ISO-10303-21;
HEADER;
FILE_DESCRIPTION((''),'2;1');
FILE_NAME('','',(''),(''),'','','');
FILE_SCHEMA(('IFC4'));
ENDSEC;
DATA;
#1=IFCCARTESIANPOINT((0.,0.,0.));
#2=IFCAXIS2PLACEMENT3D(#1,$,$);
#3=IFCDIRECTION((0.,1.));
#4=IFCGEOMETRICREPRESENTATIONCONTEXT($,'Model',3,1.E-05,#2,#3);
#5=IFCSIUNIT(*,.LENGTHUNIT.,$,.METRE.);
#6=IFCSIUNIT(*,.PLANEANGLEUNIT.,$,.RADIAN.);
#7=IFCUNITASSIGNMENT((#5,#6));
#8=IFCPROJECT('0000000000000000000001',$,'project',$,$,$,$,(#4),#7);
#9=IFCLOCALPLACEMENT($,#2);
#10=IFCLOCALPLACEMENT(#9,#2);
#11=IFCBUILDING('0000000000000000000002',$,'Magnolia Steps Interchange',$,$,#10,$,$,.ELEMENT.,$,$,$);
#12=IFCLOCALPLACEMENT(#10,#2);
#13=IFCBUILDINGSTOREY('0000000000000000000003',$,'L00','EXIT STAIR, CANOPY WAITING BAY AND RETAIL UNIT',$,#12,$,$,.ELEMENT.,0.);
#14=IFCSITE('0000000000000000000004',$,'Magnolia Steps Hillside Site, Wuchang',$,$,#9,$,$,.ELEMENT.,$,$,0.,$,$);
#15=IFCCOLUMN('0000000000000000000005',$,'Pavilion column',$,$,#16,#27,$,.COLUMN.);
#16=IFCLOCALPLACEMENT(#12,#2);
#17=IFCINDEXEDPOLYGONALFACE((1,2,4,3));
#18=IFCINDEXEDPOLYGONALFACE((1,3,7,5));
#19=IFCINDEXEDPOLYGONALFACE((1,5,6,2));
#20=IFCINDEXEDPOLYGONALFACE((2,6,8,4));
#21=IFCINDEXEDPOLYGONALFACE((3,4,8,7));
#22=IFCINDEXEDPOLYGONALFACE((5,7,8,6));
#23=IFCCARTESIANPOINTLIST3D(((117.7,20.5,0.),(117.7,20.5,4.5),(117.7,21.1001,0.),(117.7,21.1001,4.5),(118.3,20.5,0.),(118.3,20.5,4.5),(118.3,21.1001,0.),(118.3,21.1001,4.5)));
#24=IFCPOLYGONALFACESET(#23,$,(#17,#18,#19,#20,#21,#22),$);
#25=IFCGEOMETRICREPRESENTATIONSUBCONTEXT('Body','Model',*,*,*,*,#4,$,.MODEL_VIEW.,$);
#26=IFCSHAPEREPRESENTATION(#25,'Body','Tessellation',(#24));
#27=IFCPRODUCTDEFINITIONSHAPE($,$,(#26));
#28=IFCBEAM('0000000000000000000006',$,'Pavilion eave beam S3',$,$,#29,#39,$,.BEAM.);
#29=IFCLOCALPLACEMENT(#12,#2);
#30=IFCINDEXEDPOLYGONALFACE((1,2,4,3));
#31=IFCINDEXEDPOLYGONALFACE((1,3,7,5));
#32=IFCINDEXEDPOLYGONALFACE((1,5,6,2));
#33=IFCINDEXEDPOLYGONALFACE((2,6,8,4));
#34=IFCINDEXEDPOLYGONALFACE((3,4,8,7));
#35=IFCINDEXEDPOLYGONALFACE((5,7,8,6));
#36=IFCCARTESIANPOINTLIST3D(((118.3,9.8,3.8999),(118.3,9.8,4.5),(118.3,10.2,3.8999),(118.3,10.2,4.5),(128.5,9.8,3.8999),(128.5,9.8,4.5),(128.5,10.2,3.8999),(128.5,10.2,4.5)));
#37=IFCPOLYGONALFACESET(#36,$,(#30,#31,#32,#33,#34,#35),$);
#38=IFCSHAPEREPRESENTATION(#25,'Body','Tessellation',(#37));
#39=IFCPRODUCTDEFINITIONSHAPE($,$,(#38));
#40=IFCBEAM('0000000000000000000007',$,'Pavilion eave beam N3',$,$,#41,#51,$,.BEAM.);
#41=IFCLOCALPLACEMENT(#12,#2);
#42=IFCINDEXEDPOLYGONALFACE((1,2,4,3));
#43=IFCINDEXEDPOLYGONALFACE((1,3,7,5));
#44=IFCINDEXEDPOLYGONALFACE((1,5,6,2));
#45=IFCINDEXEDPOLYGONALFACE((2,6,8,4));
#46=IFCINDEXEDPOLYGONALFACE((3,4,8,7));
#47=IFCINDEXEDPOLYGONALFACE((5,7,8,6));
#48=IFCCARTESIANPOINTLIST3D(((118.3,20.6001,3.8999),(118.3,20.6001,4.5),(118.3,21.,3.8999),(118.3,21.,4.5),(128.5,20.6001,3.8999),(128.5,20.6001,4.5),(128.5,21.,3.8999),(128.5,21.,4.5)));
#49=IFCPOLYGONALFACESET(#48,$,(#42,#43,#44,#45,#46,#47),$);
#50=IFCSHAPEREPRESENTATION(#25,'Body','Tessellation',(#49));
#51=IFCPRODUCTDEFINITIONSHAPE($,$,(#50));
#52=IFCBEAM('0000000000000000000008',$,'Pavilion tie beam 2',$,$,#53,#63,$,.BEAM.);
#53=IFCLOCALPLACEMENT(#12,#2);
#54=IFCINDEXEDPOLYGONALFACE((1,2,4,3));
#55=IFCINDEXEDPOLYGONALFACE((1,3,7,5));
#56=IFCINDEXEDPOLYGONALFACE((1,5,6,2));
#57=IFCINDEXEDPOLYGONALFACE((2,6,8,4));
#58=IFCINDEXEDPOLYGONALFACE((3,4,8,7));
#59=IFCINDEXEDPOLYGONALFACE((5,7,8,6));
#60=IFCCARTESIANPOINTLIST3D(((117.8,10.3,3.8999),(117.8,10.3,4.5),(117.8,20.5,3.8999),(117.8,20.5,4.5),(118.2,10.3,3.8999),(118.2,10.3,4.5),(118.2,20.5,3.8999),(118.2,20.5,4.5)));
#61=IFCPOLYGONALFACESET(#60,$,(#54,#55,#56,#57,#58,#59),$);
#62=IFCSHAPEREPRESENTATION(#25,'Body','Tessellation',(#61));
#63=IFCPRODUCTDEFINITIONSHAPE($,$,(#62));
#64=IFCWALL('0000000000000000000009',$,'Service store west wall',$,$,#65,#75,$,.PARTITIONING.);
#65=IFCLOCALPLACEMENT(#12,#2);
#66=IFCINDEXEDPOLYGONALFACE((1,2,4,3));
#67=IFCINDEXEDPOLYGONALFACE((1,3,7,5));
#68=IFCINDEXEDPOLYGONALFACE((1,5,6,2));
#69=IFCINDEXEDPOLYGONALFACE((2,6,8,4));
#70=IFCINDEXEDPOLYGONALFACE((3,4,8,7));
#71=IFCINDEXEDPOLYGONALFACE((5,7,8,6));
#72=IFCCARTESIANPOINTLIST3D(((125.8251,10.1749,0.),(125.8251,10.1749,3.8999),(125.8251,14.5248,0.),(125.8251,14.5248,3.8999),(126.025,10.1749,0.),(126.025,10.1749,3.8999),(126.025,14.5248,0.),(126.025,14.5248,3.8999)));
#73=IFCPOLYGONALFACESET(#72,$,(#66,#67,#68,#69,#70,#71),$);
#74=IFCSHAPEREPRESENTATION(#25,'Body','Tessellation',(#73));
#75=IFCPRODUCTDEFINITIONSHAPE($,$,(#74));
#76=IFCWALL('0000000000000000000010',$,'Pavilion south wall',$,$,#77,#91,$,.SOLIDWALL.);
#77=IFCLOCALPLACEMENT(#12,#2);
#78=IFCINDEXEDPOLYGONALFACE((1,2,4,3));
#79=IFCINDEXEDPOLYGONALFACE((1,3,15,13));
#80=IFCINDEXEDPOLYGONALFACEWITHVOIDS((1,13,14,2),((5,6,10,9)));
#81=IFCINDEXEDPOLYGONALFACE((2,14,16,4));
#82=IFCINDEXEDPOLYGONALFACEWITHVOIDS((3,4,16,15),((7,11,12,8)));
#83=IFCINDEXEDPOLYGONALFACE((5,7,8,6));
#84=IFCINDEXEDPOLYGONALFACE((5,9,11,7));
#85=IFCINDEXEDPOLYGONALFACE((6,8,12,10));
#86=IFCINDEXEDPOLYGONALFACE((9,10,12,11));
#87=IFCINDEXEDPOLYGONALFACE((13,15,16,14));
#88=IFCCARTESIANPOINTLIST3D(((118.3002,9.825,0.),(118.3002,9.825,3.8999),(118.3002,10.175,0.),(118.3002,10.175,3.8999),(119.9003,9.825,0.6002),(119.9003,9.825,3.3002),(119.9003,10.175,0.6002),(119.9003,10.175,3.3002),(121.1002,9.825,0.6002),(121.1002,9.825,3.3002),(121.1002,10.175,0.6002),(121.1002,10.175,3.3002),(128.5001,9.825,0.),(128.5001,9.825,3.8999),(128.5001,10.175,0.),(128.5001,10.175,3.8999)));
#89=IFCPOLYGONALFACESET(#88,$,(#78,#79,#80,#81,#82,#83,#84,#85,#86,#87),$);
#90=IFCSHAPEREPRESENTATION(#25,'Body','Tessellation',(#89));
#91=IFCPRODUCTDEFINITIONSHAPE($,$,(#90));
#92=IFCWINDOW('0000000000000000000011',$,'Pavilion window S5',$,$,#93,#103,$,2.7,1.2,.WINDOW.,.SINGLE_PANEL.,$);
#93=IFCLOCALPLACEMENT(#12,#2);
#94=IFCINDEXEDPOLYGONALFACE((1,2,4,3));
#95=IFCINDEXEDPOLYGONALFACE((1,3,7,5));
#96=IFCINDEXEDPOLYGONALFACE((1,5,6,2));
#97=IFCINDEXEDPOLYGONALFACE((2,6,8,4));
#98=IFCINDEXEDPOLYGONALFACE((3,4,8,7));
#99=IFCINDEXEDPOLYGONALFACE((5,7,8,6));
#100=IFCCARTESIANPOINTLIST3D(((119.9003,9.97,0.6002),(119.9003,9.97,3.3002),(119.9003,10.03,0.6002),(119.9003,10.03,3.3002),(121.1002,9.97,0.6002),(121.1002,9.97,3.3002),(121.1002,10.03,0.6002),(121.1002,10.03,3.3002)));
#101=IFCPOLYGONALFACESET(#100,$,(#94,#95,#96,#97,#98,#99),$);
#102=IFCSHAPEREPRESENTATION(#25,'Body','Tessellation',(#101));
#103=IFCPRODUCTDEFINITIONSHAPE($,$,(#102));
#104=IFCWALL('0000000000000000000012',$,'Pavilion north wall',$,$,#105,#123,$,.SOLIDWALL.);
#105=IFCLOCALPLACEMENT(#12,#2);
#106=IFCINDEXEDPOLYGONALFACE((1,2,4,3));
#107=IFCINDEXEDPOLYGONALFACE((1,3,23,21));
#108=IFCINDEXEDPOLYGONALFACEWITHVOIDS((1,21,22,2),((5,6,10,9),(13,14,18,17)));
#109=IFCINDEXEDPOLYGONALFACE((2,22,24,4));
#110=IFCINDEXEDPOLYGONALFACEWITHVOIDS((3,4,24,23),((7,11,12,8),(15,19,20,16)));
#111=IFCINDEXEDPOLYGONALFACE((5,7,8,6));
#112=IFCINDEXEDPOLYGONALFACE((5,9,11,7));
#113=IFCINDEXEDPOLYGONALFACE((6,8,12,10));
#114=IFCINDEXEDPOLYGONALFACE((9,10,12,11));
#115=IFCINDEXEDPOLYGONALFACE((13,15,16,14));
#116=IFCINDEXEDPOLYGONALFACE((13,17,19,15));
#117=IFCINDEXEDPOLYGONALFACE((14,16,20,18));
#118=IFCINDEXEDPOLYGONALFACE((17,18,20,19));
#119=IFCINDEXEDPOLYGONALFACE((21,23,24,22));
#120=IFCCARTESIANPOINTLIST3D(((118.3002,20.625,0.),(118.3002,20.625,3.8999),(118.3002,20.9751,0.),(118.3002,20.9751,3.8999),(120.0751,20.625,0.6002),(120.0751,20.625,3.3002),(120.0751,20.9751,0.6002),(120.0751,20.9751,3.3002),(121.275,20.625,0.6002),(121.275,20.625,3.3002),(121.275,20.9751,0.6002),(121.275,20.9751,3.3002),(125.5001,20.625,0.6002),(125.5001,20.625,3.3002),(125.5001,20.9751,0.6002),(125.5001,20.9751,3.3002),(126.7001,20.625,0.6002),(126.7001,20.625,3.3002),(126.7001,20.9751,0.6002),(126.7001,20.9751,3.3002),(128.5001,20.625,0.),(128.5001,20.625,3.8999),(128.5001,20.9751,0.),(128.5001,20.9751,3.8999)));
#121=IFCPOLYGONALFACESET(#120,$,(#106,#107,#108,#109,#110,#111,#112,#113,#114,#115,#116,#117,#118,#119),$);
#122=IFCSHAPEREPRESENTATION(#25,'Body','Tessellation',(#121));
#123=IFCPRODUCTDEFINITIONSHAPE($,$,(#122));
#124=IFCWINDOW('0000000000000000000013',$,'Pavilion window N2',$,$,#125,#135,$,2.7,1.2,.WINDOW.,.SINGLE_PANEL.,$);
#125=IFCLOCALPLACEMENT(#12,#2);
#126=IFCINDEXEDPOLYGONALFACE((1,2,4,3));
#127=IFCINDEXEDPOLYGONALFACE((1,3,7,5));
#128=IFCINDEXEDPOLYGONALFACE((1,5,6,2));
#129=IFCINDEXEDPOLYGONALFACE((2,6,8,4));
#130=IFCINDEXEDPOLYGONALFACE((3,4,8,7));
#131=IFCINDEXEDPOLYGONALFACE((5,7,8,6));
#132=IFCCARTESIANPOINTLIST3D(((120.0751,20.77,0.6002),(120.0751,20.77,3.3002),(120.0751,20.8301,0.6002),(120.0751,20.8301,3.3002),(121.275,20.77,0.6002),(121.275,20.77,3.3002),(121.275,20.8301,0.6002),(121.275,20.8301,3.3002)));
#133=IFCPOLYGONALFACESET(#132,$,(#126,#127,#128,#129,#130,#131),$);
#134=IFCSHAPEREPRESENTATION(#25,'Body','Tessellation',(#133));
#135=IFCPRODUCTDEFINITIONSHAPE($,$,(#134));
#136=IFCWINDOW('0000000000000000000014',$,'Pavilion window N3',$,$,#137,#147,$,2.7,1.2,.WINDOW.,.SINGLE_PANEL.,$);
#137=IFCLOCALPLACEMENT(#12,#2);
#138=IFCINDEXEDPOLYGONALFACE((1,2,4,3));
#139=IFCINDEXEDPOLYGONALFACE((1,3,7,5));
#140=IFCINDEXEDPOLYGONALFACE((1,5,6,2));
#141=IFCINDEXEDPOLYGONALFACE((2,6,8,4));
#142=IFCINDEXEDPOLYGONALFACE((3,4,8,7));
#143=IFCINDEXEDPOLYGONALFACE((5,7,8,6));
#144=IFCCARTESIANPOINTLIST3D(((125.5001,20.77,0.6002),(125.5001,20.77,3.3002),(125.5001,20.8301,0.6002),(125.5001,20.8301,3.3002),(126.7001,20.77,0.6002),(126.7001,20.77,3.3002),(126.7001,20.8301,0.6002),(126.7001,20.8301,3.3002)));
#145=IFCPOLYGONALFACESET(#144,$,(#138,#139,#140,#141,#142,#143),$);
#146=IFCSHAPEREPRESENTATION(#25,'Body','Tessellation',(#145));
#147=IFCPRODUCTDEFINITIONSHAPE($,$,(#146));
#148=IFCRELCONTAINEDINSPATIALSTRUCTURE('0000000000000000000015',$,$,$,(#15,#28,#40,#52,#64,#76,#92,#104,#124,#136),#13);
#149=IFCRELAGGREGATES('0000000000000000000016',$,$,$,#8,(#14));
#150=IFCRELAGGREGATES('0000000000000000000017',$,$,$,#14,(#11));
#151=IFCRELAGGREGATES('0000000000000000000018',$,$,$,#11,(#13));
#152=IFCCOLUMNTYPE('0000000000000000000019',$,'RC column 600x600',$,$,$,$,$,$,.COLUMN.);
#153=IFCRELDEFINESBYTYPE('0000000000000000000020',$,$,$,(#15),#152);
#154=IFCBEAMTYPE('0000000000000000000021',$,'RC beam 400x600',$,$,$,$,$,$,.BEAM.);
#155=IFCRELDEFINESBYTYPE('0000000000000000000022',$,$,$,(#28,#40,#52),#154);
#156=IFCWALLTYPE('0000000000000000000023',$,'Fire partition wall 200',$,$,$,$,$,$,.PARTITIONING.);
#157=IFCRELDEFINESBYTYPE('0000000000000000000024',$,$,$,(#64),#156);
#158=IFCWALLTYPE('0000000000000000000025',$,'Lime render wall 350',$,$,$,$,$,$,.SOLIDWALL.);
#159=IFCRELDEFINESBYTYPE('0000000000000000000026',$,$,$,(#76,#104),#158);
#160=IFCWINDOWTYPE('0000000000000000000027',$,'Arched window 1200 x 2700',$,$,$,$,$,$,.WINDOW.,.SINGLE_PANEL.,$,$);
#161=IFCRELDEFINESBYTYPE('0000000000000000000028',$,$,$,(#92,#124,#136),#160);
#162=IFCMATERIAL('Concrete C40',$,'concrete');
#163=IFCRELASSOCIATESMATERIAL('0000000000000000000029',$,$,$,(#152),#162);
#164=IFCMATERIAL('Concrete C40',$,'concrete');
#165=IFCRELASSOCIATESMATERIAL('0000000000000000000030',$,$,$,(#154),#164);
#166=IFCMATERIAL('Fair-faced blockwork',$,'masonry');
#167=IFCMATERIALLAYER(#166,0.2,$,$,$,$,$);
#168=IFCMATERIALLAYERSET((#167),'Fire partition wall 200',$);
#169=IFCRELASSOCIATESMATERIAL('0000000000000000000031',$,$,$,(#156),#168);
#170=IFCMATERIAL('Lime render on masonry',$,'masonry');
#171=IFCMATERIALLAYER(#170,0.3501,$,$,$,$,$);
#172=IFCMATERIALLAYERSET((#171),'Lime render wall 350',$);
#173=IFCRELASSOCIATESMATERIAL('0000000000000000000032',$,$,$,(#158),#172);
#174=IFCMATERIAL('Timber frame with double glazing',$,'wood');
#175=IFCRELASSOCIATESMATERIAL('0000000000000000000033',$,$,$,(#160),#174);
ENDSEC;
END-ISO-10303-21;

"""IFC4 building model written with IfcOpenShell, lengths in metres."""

from ifc_helpers import new_model, si_unit, direction, frame, frame_2d, origin, origin_2d, place, context, subcontext, project, spatial, rectangle, extrude, material, layer, layer_set, material_profile, profile_set, type_object, element, fill, save


model = new_model("IFC4")

# Units and contexts
model_context = context("Model", 3, precision=1e-05, world=origin(), true_north=direction((0.0, 1.0)))
body_context = subcontext(model_context, "Body", "Model", "MODEL_VIEW")
ifc_project = project(units=[si_unit("LENGTHUNIT", "METRE"), si_unit("PLANEANGLEUNIT", "RADIAN")], contexts=[model_context])

# Site, building, storey
site_placement = place(None, origin())
site = spatial("IfcSite", under=ifc_project, at=site_placement, Name="Magnolia Steps Hillside Site, Wuchang", CompositionType="ELEMENT", RefElevation=0.0)
building_placement = place(site_placement, origin())
building = spatial("IfcBuilding", under=site, at=building_placement, Name="Magnolia Steps Interchange", CompositionType="ELEMENT")
storey_placement = place(building_placement, origin())
storey = spatial("IfcBuildingStorey", under=building, at=storey_placement, Name="L00", Description="EXIT STAIR, CANOPY WAITING BAY AND RETAIL UNIT", CompositionType="ELEMENT", Elevation=0.0)

# Column
ifc_material_1 = material(Name="Concrete C40", Category="concrete")
ifc_material_profile_1 = material_profile(ifc_material_1, rectangle(XDim=0.6001, YDim=0.6001, at=origin_2d()), Name="RC600x600")
ifc_profile_set_1 = profile_set([ifc_material_profile_1], Name="Concrete C40")
column_type = type_object("IfcColumnType", Name="RC column 600x600", PredefinedType="COLUMN", material=ifc_profile_set_1)
column_placement = place(storey_placement, frame((118.0, 20.8, 0.0), z_axis=(0.0, 0.0, 1.0), x_axis=(1.0, 0.0, 0.0)))
element("IfcColumn", 1, at=column_placement, inside=storey, type_object=column_type, Name="Pavilion column", PredefinedType="COLUMN", context=body_context, shape_type="SweptSolid", body=[
    extrude(rectangle(XDim=0.6001, YDim=0.6001, at=origin_2d()), origin(), (0.0, 0.0, 1.0), 4.5),
])

# Beams
ifc_material_2 = material(Name="Concrete C40", Category="concrete")
ifc_material_profile_2 = material_profile(ifc_material_2, rectangle(XDim=0.3999, YDim=0.6001, at=origin_2d()), Name="RC400x600")
ifc_profile_set_2 = profile_set([ifc_material_profile_2], Name="Concrete C40")
beam_type = type_object("IfcBeamType", Name="RC beam 400x600", PredefinedType="BEAM", material=ifc_profile_set_2)
for number, where, z_axis, x_axis, name in (
    (2, (118.3, 10.0, 4.2), (1.0, 0.0, 0.0), (0.0, 1.0, 0.0), "Pavilion eave beam S3"),
    (3, (118.3, 20.8, 4.2), (1.0, 0.0, 0.0), (0.0, 1.0, 0.0), "Pavilion eave beam N3"),
    (4, (118.0, 10.3, 4.2), (0.0, 1.0, 0.0), (-1.0, 0.0, 0.0), "Pavilion tie beam 2"),
):
    element("IfcBeam", number, at=place(storey_placement, frame(where, z_axis=z_axis, x_axis=x_axis)), inside=storey, type_object=beam_type, Name=name, PredefinedType="BEAM", context=body_context, shape_type="SweptSolid", body=[
        extrude(rectangle(XDim=0.3999, YDim=0.6001, at=origin_2d()), origin(), (0.0, 0.0, 1.0), 10.2),
    ])

# Wall
ifc_material_3 = material(Name="Fair-faced blockwork", Category="masonry")
ifc_layer_1 = layer(ifc_material_3, 0.2)
ifc_layer_set_1 = layer_set([ifc_layer_1], Name="Fire partition wall 200")
wall_type_1 = type_object("IfcWallType", Name="Fire partition wall 200", PredefinedType="PARTITIONING", material=ifc_layer_set_1)
wall_1_placement = place(storey_placement, frame((125.925, 10.175, 0.0), z_axis=(0.0, 0.0, 1.0), x_axis=(0.0, 1.0, 0.0)))
element("IfcWall", 5, at=wall_1_placement, inside=storey, type_object=wall_type_1, Name="Service store west wall", PredefinedType="PARTITIONING", context=body_context, shape_type="SweptSolid", body=[
    extrude(rectangle(XDim=4.3499, YDim=0.2, at=frame_2d((2.1748, 0.0))), origin(), (0.0, 0.0, 1.0), 3.8999),
])

# Wall, opening, window
ifc_material_4 = material(Name="Lime render on masonry", Category="masonry")
ifc_layer_2 = layer(ifc_material_4, 0.3501)
ifc_layer_set_2 = layer_set([ifc_layer_2], Name="Lime render wall 350")
wall_type_2 = type_object("IfcWallType", Name="Lime render wall 350", PredefinedType="SOLIDWALL", material=ifc_layer_set_2)
wall_2_placement = place(storey_placement, frame((118.3, 10.0, 0.0), z_axis=(0.0, 0.0, 1.0), x_axis=(1.0, 0.0, 0.0)))
wall_2 = element("IfcWall", 6, at=wall_2_placement, inside=storey, type_object=wall_type_2, Name="Pavilion south wall", PredefinedType="SOLIDWALL", context=body_context, shape_type="SweptSolid", body=[
    extrude(rectangle(XDim=10.2, YDim=0.3501, at=frame_2d((5.1001, 0.0))), origin(), (0.0, 0.0, 1.0), 3.8999),
])
opening_1_placement = place(wall_2_placement, frame((1.6001, 0.0, 0.6001)))
opening_1 = element("IfcOpeningElement", 7, at=opening_1_placement, cuts=wall_2, PredefinedType="OPENING", context=body_context, shape_type="SweptSolid", body=[
    extrude(rectangle(XDim=1.2, YDim=2.7, at=frame_2d((0.6001, 1.3501))), frame((0.0, 0.1851, 0.0), z_axis=(0.0, -1.0, 0.0), x_axis=(1.0, 0.0, 0.0)), (0.0, 0.0, 1.0), 0.3701),
])
ifc_material_5 = material(Name="Timber frame with double glazing", Category="wood")
window_type = type_object("IfcWindowType", Name="Arched window 1200 x 2700", PartitioningType="SINGLE_PANEL", PredefinedType="WINDOW", material=ifc_material_5)
window_1_placement = place(opening_1_placement, origin())
window_1 = element("IfcWindow", 8, at=window_1_placement, inside=storey, type_object=window_type, Name="Pavilion window S5", OverallHeight=2.7, OverallWidth=1.2, PartitioningType="SINGLE_PANEL", PredefinedType="WINDOW", context=body_context, shape_type="SweptSolid", body=[
    extrude(rectangle(XDim=1.2, YDim=2.7, at=frame_2d((0.6001, 1.3501))), frame((0.0, 0.03, 0.0), z_axis=(0.0, -1.0, 0.0), x_axis=(1.0, 0.0, 0.0)), (0.0, 0.0, 1.0), 0.0601),
])
fill(opening_1, window_1)

# Wall, openings, windows
wall_3_placement = place(storey_placement, frame((118.3, 20.8, 0.0), z_axis=(0.0, 0.0, 1.0), x_axis=(1.0, 0.0, 0.0)))
wall_3 = element("IfcWall", 9, at=wall_3_placement, inside=storey, type_object=wall_type_2, Name="Pavilion north wall", PredefinedType="SOLIDWALL", context=body_context, shape_type="SweptSolid", body=[
    extrude(rectangle(XDim=10.2, YDim=0.3501, at=frame_2d((5.1001, 0.0))), origin(), (0.0, 0.0, 1.0), 3.8999),
])
opening_2_placement = place(wall_3_placement, frame((1.7749, 0.0, 0.6001)))
opening_2 = element("IfcOpeningElement", 10, at=opening_2_placement, cuts=wall_3, PredefinedType="OPENING", context=body_context, shape_type="SweptSolid", body=[
    extrude(rectangle(XDim=1.2, YDim=2.7, at=frame_2d((0.6001, 1.3501))), frame((0.0, 0.1851, 0.0), z_axis=(0.0, -1.0, 0.0), x_axis=(1.0, 0.0, 0.0)), (0.0, 0.0, 1.0), 0.3701),
])
opening_3_placement = place(wall_3_placement, frame((7.2, 0.0, 0.6001)))
opening_3 = element("IfcOpeningElement", 11, at=opening_3_placement, cuts=wall_3, PredefinedType="OPENING", context=body_context, shape_type="SweptSolid", body=[
    extrude(rectangle(XDim=1.2, YDim=2.7, at=frame_2d((0.6001, 1.3501))), frame((0.0, 0.1851, 0.0), z_axis=(0.0, -1.0, 0.0), x_axis=(1.0, 0.0, 0.0)), (0.0, 0.0, 1.0), 0.3701),
])
window_2_placement = place(opening_2_placement, origin())
window_2 = element("IfcWindow", 12, at=window_2_placement, inside=storey, type_object=window_type, Name="Pavilion window N2", OverallHeight=2.7, OverallWidth=1.2, PartitioningType="SINGLE_PANEL", PredefinedType="WINDOW", context=body_context, shape_type="SweptSolid", body=[
    extrude(rectangle(XDim=1.2, YDim=2.7, at=frame_2d((0.6001, 1.3501))), frame((0.0, 0.03, 0.0), z_axis=(0.0, -1.0, 0.0), x_axis=(1.0, 0.0, 0.0)), (0.0, 0.0, 1.0), 0.0601),
])
fill(opening_2, window_2)
window_3_placement = place(opening_3_placement, origin())
window_3 = element("IfcWindow", 13, at=window_3_placement, inside=storey, type_object=window_type, Name="Pavilion window N3", OverallHeight=2.7, OverallWidth=1.2, PartitioningType="SINGLE_PANEL", PredefinedType="WINDOW", context=body_context, shape_type="SweptSolid", body=[
    extrude(rectangle(XDim=1.2, YDim=2.7, at=frame_2d((0.6001, 1.3501))), frame((0.0, 0.03, 0.0), z_axis=(0.0, -1.0, 0.0), x_axis=(1.0, 0.0, 0.0)), (0.0, 0.0, 1.0), 0.0601),
])
fill(opening_3, window_3)

save(model, "model.ifc")
